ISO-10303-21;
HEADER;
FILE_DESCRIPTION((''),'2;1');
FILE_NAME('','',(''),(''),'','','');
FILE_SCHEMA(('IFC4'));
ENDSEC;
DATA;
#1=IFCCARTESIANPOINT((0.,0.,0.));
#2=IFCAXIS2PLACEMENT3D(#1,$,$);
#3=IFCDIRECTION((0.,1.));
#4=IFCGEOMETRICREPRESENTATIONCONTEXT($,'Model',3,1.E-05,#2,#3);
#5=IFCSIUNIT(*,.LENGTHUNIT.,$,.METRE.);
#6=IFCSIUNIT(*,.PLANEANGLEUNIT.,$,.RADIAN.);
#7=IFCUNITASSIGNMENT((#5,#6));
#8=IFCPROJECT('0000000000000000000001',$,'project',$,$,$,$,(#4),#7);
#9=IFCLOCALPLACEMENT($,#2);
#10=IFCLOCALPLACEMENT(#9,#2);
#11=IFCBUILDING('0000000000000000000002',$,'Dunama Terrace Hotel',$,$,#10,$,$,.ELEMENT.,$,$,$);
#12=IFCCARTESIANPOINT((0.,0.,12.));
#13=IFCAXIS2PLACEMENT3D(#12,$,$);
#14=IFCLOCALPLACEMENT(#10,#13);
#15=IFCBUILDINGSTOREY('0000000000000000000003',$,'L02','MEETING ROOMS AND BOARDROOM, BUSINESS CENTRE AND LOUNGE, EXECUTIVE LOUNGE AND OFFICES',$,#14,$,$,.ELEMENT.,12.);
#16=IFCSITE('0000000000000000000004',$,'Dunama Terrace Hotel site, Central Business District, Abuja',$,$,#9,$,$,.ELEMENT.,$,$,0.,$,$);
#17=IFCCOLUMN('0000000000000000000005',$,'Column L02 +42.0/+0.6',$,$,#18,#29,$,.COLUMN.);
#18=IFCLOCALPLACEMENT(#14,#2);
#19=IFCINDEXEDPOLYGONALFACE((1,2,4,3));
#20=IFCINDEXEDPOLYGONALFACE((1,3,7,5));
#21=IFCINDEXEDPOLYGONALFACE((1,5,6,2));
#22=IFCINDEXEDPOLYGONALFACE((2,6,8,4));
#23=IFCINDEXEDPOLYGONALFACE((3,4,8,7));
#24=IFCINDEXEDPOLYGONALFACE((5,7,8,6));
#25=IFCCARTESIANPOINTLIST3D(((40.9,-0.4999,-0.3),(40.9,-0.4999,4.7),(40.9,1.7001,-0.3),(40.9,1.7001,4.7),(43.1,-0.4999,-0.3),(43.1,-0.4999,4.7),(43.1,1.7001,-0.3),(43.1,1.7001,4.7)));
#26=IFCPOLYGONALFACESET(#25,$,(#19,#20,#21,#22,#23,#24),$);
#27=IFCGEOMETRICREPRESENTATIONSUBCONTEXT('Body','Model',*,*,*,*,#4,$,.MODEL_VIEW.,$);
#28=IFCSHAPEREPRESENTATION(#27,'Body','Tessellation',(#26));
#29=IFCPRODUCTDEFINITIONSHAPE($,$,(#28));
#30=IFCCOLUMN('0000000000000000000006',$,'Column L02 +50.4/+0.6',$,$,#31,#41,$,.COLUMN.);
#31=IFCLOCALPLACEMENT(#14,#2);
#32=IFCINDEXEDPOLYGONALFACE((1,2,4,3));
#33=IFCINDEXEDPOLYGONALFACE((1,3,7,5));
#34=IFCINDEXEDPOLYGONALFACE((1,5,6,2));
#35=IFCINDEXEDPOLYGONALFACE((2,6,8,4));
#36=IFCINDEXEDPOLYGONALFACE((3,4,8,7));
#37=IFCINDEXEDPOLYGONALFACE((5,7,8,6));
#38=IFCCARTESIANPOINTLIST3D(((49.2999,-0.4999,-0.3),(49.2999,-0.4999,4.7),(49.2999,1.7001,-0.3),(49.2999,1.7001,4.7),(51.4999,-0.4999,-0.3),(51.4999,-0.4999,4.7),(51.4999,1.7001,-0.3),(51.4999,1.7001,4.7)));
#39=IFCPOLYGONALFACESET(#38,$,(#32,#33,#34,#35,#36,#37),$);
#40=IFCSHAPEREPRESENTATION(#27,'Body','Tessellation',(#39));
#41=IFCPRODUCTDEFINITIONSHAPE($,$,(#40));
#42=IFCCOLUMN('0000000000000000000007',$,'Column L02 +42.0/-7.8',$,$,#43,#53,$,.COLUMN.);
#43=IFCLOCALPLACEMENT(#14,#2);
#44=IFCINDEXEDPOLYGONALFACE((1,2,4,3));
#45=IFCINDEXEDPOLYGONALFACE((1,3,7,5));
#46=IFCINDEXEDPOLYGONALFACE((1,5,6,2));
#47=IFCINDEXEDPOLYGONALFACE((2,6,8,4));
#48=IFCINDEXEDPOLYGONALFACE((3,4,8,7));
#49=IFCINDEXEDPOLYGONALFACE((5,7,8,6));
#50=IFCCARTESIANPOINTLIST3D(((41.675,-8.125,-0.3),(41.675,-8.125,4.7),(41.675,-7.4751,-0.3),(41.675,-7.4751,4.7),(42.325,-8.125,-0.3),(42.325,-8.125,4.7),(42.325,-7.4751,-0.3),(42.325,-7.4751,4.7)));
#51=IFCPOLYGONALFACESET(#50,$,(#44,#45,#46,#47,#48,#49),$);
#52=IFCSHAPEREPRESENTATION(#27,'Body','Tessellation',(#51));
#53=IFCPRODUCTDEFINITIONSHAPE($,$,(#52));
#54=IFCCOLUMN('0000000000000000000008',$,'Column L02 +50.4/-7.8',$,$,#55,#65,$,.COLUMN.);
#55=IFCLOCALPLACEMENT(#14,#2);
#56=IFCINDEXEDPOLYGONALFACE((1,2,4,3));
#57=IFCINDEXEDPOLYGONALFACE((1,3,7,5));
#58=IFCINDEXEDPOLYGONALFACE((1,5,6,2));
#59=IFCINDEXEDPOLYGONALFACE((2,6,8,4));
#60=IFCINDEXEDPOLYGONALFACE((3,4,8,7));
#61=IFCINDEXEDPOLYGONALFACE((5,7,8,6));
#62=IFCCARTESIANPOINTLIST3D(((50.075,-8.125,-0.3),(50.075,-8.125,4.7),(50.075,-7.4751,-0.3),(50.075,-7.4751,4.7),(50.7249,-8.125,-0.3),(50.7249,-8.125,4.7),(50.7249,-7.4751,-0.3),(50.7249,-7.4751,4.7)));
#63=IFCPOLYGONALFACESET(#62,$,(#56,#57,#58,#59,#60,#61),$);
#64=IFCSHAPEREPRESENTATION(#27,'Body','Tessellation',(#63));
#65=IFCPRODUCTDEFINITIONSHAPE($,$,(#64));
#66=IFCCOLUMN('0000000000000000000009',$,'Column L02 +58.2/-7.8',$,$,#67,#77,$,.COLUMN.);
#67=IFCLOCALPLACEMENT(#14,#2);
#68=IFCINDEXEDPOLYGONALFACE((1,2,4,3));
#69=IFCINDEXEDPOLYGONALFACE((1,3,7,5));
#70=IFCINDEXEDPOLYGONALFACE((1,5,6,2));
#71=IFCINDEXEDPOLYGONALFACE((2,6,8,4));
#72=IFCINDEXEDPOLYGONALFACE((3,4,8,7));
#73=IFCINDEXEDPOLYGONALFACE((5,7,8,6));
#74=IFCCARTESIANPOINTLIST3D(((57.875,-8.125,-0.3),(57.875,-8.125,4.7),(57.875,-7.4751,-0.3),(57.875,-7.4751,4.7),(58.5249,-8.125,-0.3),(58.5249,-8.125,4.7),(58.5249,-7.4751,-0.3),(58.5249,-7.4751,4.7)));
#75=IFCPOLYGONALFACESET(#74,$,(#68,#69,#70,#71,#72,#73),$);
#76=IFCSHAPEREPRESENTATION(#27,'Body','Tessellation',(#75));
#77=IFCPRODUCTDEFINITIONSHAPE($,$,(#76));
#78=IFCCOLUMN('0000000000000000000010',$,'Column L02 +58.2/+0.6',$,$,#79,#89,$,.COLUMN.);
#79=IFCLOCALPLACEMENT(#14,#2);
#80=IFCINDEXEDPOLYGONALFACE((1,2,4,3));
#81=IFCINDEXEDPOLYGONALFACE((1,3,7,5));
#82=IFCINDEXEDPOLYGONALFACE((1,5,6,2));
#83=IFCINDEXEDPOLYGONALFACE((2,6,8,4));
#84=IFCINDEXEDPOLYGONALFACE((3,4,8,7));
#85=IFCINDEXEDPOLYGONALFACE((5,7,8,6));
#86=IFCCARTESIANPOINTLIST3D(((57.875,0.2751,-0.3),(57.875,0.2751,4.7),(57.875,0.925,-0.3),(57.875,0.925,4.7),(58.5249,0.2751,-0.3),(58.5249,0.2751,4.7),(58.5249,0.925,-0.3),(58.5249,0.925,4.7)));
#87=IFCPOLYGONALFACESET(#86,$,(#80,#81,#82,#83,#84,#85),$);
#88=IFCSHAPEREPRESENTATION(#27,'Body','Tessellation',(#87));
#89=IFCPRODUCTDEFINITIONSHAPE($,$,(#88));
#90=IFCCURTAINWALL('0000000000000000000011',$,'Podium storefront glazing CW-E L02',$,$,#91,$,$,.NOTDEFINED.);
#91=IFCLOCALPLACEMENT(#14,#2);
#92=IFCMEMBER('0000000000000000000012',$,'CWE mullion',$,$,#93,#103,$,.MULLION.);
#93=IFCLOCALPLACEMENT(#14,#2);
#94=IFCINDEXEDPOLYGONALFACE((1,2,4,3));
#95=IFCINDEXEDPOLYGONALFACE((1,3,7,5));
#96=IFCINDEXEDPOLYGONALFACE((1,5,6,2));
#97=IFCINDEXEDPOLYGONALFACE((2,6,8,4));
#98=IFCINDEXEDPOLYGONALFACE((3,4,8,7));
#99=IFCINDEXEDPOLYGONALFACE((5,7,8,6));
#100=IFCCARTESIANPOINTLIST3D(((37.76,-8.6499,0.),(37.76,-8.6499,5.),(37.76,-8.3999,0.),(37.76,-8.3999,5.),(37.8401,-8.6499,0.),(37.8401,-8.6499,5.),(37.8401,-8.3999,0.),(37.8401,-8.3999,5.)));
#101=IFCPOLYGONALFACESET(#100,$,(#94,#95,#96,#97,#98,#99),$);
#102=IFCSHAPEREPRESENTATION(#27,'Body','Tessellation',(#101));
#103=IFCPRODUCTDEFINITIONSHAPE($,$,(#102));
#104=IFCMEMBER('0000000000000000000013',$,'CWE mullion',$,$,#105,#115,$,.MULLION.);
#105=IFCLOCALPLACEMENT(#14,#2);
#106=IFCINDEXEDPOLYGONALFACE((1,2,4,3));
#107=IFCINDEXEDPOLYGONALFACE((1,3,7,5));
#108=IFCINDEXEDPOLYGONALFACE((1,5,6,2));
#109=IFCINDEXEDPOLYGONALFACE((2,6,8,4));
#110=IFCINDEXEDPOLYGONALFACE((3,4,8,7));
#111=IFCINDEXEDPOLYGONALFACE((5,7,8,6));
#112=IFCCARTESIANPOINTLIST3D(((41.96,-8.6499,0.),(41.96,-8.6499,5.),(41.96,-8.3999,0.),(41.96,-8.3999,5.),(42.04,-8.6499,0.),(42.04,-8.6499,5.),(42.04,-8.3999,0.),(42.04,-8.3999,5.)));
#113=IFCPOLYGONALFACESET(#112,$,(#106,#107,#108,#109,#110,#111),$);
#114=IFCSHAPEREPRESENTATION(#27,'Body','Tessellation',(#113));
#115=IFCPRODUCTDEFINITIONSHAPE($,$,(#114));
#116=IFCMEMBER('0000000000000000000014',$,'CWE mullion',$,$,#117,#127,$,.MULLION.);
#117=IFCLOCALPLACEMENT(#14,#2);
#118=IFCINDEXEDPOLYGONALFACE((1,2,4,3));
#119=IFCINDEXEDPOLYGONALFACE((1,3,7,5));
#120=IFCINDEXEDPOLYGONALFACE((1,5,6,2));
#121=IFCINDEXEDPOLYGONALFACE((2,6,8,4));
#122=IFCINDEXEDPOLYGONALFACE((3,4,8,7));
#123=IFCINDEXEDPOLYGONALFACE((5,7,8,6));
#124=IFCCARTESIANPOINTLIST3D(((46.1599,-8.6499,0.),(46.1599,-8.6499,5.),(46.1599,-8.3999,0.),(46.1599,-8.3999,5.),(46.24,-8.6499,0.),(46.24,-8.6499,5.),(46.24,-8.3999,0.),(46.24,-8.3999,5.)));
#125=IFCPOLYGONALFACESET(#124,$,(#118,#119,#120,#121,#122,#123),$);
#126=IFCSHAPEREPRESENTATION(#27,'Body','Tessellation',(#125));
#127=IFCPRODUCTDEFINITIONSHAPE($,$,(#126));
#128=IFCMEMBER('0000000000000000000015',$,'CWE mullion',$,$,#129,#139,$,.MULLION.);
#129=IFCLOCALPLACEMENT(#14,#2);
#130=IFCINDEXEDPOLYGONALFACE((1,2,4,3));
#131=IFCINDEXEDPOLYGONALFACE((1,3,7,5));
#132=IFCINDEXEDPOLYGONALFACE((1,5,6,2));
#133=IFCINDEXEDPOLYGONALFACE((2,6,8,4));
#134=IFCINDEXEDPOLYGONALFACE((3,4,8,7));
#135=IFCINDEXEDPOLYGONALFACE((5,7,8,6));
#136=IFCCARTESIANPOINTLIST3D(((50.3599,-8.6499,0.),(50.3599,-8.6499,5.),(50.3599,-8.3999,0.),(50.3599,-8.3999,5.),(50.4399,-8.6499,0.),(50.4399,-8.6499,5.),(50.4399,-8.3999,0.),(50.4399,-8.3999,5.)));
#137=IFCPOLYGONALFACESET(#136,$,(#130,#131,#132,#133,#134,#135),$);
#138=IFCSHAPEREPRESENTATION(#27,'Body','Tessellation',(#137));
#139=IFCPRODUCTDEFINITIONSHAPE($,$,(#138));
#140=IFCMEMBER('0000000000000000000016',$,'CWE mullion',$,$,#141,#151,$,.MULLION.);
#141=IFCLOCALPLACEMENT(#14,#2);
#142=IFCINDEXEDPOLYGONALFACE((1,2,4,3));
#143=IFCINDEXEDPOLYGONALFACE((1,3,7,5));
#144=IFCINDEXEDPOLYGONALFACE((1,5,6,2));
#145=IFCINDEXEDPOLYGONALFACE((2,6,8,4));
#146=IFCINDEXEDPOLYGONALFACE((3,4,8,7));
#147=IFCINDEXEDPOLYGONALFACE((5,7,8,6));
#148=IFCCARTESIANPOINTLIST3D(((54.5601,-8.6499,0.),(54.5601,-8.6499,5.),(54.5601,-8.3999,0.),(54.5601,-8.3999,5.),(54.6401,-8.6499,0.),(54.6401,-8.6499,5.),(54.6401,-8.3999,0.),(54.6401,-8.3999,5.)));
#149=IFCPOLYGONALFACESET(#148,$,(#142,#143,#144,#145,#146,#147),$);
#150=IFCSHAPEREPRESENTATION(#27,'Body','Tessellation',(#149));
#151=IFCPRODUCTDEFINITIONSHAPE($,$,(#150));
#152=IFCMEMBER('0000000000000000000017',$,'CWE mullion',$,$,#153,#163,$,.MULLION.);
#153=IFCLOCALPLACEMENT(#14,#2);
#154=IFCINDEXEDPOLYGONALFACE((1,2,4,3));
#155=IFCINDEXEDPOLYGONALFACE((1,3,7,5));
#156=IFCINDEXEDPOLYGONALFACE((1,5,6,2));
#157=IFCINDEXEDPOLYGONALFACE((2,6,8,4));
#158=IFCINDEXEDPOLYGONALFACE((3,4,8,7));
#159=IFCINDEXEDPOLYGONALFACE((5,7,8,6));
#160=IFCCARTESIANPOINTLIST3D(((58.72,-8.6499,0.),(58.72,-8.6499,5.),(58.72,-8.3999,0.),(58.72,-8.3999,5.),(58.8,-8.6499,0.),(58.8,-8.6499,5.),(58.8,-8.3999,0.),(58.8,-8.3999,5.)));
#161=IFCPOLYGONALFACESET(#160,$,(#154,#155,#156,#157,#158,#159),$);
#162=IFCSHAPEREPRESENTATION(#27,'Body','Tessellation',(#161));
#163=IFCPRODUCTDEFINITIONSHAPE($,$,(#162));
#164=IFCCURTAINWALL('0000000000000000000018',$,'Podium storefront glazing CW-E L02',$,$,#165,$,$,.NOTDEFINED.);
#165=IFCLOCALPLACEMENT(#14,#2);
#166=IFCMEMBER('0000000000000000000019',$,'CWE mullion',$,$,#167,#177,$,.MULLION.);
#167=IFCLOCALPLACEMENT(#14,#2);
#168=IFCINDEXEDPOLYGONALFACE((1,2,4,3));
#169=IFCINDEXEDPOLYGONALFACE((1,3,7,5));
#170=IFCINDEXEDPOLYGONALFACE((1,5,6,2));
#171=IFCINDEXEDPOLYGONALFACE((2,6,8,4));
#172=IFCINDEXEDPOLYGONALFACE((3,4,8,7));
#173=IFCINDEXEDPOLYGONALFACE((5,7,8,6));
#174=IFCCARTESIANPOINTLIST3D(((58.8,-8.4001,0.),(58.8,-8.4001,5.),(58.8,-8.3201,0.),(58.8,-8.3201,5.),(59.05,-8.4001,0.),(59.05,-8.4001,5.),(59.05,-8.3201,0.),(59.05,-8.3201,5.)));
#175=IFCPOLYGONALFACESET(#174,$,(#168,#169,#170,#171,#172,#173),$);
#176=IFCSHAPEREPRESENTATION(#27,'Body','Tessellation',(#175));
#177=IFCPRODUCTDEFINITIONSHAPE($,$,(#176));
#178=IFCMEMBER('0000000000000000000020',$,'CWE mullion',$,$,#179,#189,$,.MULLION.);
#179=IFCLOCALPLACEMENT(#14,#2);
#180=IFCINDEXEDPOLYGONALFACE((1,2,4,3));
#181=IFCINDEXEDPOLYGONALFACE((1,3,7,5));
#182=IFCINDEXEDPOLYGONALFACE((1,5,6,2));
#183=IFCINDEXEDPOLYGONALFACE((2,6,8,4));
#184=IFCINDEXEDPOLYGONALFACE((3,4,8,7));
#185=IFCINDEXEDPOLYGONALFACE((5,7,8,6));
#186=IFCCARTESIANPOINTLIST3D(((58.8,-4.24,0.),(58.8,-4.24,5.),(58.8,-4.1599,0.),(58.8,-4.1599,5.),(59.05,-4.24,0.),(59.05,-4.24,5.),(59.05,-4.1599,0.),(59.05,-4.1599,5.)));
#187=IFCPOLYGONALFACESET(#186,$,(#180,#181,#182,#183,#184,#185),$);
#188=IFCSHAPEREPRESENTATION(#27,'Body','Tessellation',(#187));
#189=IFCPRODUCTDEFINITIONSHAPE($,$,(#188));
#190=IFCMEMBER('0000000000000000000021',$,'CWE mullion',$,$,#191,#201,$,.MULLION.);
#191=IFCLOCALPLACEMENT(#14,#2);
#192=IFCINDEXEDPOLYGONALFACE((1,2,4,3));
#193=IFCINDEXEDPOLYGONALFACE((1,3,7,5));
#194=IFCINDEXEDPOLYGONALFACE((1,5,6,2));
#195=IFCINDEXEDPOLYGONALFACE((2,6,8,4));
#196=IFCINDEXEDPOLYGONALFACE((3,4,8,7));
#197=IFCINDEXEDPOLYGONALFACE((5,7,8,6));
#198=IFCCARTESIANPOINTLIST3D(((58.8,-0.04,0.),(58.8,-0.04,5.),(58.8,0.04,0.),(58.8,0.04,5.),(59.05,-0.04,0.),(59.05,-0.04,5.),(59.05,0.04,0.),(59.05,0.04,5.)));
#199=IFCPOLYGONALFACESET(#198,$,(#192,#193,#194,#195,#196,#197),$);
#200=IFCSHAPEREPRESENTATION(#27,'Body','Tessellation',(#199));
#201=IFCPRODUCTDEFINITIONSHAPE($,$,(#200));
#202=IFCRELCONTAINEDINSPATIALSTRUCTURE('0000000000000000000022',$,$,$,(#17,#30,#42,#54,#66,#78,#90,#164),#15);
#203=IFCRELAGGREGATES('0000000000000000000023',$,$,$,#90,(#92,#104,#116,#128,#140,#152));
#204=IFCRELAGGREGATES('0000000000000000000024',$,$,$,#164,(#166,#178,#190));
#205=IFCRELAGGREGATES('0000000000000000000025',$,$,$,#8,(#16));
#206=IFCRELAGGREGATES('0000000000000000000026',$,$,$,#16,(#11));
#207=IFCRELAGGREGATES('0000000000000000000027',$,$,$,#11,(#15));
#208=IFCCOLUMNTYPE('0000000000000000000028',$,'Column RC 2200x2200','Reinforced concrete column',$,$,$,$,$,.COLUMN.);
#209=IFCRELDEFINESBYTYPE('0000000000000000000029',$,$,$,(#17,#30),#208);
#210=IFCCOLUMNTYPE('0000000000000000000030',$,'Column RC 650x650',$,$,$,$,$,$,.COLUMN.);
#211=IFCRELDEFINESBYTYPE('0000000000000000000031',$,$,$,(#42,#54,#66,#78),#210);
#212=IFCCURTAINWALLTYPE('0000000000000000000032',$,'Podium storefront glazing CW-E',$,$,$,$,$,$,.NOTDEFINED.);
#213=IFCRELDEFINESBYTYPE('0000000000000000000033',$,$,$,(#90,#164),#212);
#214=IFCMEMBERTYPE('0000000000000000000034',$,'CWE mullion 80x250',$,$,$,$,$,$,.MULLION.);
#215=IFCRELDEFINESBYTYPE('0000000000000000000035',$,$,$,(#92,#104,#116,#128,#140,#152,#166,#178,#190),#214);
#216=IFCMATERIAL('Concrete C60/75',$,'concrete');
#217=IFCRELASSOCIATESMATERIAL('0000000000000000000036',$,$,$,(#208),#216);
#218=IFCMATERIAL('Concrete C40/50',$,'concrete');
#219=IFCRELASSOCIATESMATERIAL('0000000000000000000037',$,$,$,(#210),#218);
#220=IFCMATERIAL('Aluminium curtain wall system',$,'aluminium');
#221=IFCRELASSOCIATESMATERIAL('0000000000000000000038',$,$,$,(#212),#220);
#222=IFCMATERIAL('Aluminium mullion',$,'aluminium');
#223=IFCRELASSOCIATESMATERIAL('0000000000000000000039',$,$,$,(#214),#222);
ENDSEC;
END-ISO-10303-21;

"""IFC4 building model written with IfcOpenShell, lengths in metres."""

from ifc_helpers import new_model, si_unit, direction, frame, origin, origin_2d, place, context, subcontext, project, spatial, rectangle, extrude, material, material_profile, profile_set, type_object, element, aggregate, save


model = new_model("IFC4")

# Units and contexts
model_context = context("Model", 3, precision=1e-05, world=origin(), true_north=direction((0.0, 1.0)))
body_context = subcontext(model_context, "Body", "Model", "MODEL_VIEW")
ifc_project = project(units=[si_unit("LENGTHUNIT", "METRE"), si_unit("PLANEANGLEUNIT", "RADIAN")], contexts=[model_context])

# Site, building, storey
site_placement = place(None, origin())
site = spatial("IfcSite", under=ifc_project, at=site_placement, Name="Dunama Terrace Hotel site, Central Business District, Abuja", CompositionType="ELEMENT", RefElevation=0.0)
building_placement = place(site_placement, origin())
building = spatial("IfcBuilding", under=site, at=building_placement, Name="Dunama Terrace Hotel", CompositionType="ELEMENT")
storey_placement = place(building_placement, frame((0.0, 0.0, 12.0)))
storey = spatial("IfcBuildingStorey", under=building, at=storey_placement, Name="L02", Description="MEETING ROOMS AND BOARDROOM, BUSINESS CENTRE AND LOUNGE, EXECUTIVE LOUNGE AND OFFICES", CompositionType="ELEMENT", Elevation=12.0)

# Columns
ifc_material_1 = material(Name="Concrete C60/75", Category="concrete")
ifc_material_profile_1 = material_profile(ifc_material_1, rectangle(XDim=2.2, YDim=2.2, at=origin_2d()), Name="RC 2200x2200")
ifc_profile_set_1 = profile_set([ifc_material_profile_1], Name="Concrete C60/75")
column_type_1 = type_object("IfcColumnType", Name="Column RC 2200x2200", Description="Reinforced concrete column", PredefinedType="COLUMN", material=ifc_profile_set_1)
for number, where, z_axis, x_axis, name in (
    (1, (42.0, 0.6001, -0.3), (0.0, 0.0, 1.0), (1.0, 0.0, 0.0), "Column L02 +42.0/+0.6"),
    (2, (50.3999, 0.6001, -0.3), (0.0, 0.0, 1.0), (1.0, 0.0, 0.0), "Column L02 +50.4/+0.6"),
):
    element("IfcColumn", number, at=place(storey_placement, frame(where, z_axis=z_axis, x_axis=x_axis)), inside=storey, type_object=column_type_1, Name=name, PredefinedType="COLUMN", context=body_context, shape_type="SweptSolid", body=[
        extrude(rectangle(XDim=2.2, YDim=2.2, at=origin_2d()), origin(), (0.0, 0.0, 1.0), 5.0),
    ])
ifc_material_2 = material(Name="Concrete C40/50", Category="concrete")
ifc_material_profile_2 = material_profile(ifc_material_2, rectangle(XDim=0.6499, YDim=0.6499, at=origin_2d()), Name="RC 650x650")
ifc_profile_set_2 = profile_set([ifc_material_profile_2], Name="Concrete C40/50")
column_type_2 = type_object("IfcColumnType", Name="Column RC 650x650", PredefinedType="COLUMN", material=ifc_profile_set_2)
for number, where, z_axis, x_axis, name in (
    (3, (42.0, -7.8, -0.3), (0.0, 0.0, 1.0), (1.0, 0.0, 0.0), "Column L02 +42.0/-7.8"),
    (4, (50.3999, -7.8, -0.3), (0.0, 0.0, 1.0), (1.0, 0.0, 0.0), "Column L02 +50.4/-7.8"),
    (5, (58.2, -7.8, -0.3), (0.0, 0.0, 1.0), (1.0, 0.0, 0.0), "Column L02 +58.2/-7.8"),
    (6, (58.2, 0.6001, -0.3), (0.0, 0.0, 1.0), (1.0, 0.0, 0.0), "Column L02 +58.2/+0.6"),
):
    element("IfcColumn", number, at=place(storey_placement, frame(where, z_axis=z_axis, x_axis=x_axis)), inside=storey, type_object=column_type_2, Name=name, PredefinedType="COLUMN", context=body_context, shape_type="SweptSolid", body=[
        extrude(rectangle(XDim=0.6499, YDim=0.6499, at=origin_2d()), origin(), (0.0, 0.0, 1.0), 5.0),
    ])

# Curtain walls, members
ifc_material_3 = material(Name="Aluminium curtain wall system", Category="aluminium")
curtain_wall_type = type_object("IfcCurtainWallType", Name="Podium storefront glazing CW-E", PredefinedType="NOTDEFINED", material=ifc_material_3)
curtain_wall_1_placement = place(storey_placement, origin())
curtain_wall_1 = element("IfcCurtainWall", 7, at=curtain_wall_1_placement, inside=storey, type_object=curtain_wall_type, Name="Podium storefront glazing CW-E L02", PredefinedType="NOTDEFINED")
ifc_material_4 = material(Name="Aluminium mullion", Category="aluminium")
ifc_material_profile_3 = material_profile(ifc_material_4, rectangle(XDim=0.0801, YDim=0.25, at=origin_2d()), Name="CWE MULLION 80X250")
ifc_profile_set_3 = profile_set([ifc_material_profile_3], Name="Aluminium mullion")
member_type_1 = type_object("IfcMemberType", Name="CWE mullion 80x250", PredefinedType="MULLION", material=ifc_profile_set_3)
member_1_placement = place(storey_placement, frame((37.8, -8.5249, 0.0), z_axis=(0.0, 0.0, 1.0), x_axis=(1.0, 0.0, 0.0)))
member_1 = element("IfcMember", 8, at=member_1_placement, type_object=member_type_1, Name="CWE mullion", PredefinedType="MULLION", context=body_context, shape_type="SweptSolid", body=[
    extrude(rectangle(XDim=0.0801, YDim=0.25, at=origin_2d()), origin(), (0.0, 0.0, 1.0), 5.0),
])
member_2_placement = place(storey_placement, frame((42.0, -8.5249, 0.0), z_axis=(0.0, 0.0, 1.0), x_axis=(1.0, 0.0, 0.0)))
member_2 = element("IfcMember", 9, at=member_2_placement, type_object=member_type_1, Name="CWE mullion", PredefinedType="MULLION", context=body_context, shape_type="SweptSolid", body=[
    extrude(rectangle(XDim=0.0801, YDim=0.25, at=origin_2d()), origin(), (0.0, 0.0, 1.0), 5.0),
])
member_3_placement = place(storey_placement, frame((46.2, -8.5249, 0.0), z_axis=(0.0, 0.0, 1.0), x_axis=(1.0, 0.0, 0.0)))
member_3 = element("IfcMember", 10, at=member_3_placement, type_object=member_type_1, Name="CWE mullion", PredefinedType="MULLION", context=body_context, shape_type="SweptSolid", body=[
    extrude(rectangle(XDim=0.0801, YDim=0.25, at=origin_2d()), origin(), (0.0, 0.0, 1.0), 5.0),
])
member_4_placement = place(storey_placement, frame((50.3999, -8.5249, 0.0), z_axis=(0.0, 0.0, 1.0), x_axis=(1.0, 0.0, 0.0)))
member_4 = element("IfcMember", 11, at=member_4_placement, type_object=member_type_1, Name="CWE mullion", PredefinedType="MULLION", context=body_context, shape_type="SweptSolid", body=[
    extrude(rectangle(XDim=0.0801, YDim=0.25, at=origin_2d()), origin(), (0.0, 0.0, 1.0), 5.0),
])
member_5_placement = place(storey_placement, frame((54.6001, -8.5249, 0.0), z_axis=(0.0, 0.0, 1.0), x_axis=(1.0, 0.0, 0.0)))
member_5 = element("IfcMember", 12, at=member_5_placement, type_object=member_type_1, Name="CWE mullion", PredefinedType="MULLION", context=body_context, shape_type="SweptSolid", body=[
    extrude(rectangle(XDim=0.0801, YDim=0.25, at=origin_2d()), origin(), (0.0, 0.0, 1.0), 5.0),
])
member_6_placement = place(storey_placement, frame((58.76, -8.5249, 0.0), z_axis=(0.0, 0.0, 1.0), x_axis=(1.0, 0.0, 0.0)))
member_6 = element("IfcMember", 13, at=member_6_placement, type_object=member_type_1, Name="CWE mullion", PredefinedType="MULLION", context=body_context, shape_type="SweptSolid", body=[
    extrude(rectangle(XDim=0.0801, YDim=0.25, at=origin_2d()), origin(), (0.0, 0.0, 1.0), 5.0),
])
curtain_wall_2_placement = place(storey_placement, origin())
curtain_wall_2 = element("IfcCurtainWall", 14, at=curtain_wall_2_placement, inside=storey, type_object=curtain_wall_type, Name="Podium storefront glazing CW-E L02", PredefinedType="NOTDEFINED")
member_7_placement = place(storey_placement, frame((58.925, -8.3601, 0.0), z_axis=(0.0, 0.0, 1.0), x_axis=(0.0, 1.0, 0.0)))
member_7 = element("IfcMember", 15, at=member_7_placement, type_object=member_type_1, Name="CWE mullion", PredefinedType="MULLION", context=body_context, shape_type="SweptSolid", body=[
    extrude(rectangle(XDim=0.0801, YDim=0.25, at=origin_2d()), origin(), (0.0, 0.0, 1.0), 5.0),
])
member_8_placement = place(storey_placement, frame((58.925, -4.2, 0.0), z_axis=(0.0, 0.0, 1.0), x_axis=(0.0, 1.0, 0.0)))
member_8 = element("IfcMember", 16, at=member_8_placement, type_object=member_type_1, Name="CWE mullion", PredefinedType="MULLION", context=body_context, shape_type="SweptSolid", body=[
    extrude(rectangle(XDim=0.0801, YDim=0.25, at=origin_2d()), origin(), (0.0, 0.0, 1.0), 5.0),
])
member_9_placement = place(storey_placement, frame((58.925, 0.0, 0.0), z_axis=(0.0, 0.0, 1.0), x_axis=(0.0, 1.0, 0.0)))
member_9 = element("IfcMember", 17, at=member_9_placement, type_object=member_type_1, Name="CWE mullion", PredefinedType="MULLION", context=body_context, shape_type="SweptSolid", body=[
    extrude(rectangle(XDim=0.0801, YDim=0.25, at=origin_2d()), origin(), (0.0, 0.0, 1.0), 5.0),
])

aggregate(curtain_wall_1, [member_1, member_2, member_3, member_4, member_5, member_6])
aggregate(curtain_wall_2, [member_7, member_8, member_9])

save(model, "model.ifc")
